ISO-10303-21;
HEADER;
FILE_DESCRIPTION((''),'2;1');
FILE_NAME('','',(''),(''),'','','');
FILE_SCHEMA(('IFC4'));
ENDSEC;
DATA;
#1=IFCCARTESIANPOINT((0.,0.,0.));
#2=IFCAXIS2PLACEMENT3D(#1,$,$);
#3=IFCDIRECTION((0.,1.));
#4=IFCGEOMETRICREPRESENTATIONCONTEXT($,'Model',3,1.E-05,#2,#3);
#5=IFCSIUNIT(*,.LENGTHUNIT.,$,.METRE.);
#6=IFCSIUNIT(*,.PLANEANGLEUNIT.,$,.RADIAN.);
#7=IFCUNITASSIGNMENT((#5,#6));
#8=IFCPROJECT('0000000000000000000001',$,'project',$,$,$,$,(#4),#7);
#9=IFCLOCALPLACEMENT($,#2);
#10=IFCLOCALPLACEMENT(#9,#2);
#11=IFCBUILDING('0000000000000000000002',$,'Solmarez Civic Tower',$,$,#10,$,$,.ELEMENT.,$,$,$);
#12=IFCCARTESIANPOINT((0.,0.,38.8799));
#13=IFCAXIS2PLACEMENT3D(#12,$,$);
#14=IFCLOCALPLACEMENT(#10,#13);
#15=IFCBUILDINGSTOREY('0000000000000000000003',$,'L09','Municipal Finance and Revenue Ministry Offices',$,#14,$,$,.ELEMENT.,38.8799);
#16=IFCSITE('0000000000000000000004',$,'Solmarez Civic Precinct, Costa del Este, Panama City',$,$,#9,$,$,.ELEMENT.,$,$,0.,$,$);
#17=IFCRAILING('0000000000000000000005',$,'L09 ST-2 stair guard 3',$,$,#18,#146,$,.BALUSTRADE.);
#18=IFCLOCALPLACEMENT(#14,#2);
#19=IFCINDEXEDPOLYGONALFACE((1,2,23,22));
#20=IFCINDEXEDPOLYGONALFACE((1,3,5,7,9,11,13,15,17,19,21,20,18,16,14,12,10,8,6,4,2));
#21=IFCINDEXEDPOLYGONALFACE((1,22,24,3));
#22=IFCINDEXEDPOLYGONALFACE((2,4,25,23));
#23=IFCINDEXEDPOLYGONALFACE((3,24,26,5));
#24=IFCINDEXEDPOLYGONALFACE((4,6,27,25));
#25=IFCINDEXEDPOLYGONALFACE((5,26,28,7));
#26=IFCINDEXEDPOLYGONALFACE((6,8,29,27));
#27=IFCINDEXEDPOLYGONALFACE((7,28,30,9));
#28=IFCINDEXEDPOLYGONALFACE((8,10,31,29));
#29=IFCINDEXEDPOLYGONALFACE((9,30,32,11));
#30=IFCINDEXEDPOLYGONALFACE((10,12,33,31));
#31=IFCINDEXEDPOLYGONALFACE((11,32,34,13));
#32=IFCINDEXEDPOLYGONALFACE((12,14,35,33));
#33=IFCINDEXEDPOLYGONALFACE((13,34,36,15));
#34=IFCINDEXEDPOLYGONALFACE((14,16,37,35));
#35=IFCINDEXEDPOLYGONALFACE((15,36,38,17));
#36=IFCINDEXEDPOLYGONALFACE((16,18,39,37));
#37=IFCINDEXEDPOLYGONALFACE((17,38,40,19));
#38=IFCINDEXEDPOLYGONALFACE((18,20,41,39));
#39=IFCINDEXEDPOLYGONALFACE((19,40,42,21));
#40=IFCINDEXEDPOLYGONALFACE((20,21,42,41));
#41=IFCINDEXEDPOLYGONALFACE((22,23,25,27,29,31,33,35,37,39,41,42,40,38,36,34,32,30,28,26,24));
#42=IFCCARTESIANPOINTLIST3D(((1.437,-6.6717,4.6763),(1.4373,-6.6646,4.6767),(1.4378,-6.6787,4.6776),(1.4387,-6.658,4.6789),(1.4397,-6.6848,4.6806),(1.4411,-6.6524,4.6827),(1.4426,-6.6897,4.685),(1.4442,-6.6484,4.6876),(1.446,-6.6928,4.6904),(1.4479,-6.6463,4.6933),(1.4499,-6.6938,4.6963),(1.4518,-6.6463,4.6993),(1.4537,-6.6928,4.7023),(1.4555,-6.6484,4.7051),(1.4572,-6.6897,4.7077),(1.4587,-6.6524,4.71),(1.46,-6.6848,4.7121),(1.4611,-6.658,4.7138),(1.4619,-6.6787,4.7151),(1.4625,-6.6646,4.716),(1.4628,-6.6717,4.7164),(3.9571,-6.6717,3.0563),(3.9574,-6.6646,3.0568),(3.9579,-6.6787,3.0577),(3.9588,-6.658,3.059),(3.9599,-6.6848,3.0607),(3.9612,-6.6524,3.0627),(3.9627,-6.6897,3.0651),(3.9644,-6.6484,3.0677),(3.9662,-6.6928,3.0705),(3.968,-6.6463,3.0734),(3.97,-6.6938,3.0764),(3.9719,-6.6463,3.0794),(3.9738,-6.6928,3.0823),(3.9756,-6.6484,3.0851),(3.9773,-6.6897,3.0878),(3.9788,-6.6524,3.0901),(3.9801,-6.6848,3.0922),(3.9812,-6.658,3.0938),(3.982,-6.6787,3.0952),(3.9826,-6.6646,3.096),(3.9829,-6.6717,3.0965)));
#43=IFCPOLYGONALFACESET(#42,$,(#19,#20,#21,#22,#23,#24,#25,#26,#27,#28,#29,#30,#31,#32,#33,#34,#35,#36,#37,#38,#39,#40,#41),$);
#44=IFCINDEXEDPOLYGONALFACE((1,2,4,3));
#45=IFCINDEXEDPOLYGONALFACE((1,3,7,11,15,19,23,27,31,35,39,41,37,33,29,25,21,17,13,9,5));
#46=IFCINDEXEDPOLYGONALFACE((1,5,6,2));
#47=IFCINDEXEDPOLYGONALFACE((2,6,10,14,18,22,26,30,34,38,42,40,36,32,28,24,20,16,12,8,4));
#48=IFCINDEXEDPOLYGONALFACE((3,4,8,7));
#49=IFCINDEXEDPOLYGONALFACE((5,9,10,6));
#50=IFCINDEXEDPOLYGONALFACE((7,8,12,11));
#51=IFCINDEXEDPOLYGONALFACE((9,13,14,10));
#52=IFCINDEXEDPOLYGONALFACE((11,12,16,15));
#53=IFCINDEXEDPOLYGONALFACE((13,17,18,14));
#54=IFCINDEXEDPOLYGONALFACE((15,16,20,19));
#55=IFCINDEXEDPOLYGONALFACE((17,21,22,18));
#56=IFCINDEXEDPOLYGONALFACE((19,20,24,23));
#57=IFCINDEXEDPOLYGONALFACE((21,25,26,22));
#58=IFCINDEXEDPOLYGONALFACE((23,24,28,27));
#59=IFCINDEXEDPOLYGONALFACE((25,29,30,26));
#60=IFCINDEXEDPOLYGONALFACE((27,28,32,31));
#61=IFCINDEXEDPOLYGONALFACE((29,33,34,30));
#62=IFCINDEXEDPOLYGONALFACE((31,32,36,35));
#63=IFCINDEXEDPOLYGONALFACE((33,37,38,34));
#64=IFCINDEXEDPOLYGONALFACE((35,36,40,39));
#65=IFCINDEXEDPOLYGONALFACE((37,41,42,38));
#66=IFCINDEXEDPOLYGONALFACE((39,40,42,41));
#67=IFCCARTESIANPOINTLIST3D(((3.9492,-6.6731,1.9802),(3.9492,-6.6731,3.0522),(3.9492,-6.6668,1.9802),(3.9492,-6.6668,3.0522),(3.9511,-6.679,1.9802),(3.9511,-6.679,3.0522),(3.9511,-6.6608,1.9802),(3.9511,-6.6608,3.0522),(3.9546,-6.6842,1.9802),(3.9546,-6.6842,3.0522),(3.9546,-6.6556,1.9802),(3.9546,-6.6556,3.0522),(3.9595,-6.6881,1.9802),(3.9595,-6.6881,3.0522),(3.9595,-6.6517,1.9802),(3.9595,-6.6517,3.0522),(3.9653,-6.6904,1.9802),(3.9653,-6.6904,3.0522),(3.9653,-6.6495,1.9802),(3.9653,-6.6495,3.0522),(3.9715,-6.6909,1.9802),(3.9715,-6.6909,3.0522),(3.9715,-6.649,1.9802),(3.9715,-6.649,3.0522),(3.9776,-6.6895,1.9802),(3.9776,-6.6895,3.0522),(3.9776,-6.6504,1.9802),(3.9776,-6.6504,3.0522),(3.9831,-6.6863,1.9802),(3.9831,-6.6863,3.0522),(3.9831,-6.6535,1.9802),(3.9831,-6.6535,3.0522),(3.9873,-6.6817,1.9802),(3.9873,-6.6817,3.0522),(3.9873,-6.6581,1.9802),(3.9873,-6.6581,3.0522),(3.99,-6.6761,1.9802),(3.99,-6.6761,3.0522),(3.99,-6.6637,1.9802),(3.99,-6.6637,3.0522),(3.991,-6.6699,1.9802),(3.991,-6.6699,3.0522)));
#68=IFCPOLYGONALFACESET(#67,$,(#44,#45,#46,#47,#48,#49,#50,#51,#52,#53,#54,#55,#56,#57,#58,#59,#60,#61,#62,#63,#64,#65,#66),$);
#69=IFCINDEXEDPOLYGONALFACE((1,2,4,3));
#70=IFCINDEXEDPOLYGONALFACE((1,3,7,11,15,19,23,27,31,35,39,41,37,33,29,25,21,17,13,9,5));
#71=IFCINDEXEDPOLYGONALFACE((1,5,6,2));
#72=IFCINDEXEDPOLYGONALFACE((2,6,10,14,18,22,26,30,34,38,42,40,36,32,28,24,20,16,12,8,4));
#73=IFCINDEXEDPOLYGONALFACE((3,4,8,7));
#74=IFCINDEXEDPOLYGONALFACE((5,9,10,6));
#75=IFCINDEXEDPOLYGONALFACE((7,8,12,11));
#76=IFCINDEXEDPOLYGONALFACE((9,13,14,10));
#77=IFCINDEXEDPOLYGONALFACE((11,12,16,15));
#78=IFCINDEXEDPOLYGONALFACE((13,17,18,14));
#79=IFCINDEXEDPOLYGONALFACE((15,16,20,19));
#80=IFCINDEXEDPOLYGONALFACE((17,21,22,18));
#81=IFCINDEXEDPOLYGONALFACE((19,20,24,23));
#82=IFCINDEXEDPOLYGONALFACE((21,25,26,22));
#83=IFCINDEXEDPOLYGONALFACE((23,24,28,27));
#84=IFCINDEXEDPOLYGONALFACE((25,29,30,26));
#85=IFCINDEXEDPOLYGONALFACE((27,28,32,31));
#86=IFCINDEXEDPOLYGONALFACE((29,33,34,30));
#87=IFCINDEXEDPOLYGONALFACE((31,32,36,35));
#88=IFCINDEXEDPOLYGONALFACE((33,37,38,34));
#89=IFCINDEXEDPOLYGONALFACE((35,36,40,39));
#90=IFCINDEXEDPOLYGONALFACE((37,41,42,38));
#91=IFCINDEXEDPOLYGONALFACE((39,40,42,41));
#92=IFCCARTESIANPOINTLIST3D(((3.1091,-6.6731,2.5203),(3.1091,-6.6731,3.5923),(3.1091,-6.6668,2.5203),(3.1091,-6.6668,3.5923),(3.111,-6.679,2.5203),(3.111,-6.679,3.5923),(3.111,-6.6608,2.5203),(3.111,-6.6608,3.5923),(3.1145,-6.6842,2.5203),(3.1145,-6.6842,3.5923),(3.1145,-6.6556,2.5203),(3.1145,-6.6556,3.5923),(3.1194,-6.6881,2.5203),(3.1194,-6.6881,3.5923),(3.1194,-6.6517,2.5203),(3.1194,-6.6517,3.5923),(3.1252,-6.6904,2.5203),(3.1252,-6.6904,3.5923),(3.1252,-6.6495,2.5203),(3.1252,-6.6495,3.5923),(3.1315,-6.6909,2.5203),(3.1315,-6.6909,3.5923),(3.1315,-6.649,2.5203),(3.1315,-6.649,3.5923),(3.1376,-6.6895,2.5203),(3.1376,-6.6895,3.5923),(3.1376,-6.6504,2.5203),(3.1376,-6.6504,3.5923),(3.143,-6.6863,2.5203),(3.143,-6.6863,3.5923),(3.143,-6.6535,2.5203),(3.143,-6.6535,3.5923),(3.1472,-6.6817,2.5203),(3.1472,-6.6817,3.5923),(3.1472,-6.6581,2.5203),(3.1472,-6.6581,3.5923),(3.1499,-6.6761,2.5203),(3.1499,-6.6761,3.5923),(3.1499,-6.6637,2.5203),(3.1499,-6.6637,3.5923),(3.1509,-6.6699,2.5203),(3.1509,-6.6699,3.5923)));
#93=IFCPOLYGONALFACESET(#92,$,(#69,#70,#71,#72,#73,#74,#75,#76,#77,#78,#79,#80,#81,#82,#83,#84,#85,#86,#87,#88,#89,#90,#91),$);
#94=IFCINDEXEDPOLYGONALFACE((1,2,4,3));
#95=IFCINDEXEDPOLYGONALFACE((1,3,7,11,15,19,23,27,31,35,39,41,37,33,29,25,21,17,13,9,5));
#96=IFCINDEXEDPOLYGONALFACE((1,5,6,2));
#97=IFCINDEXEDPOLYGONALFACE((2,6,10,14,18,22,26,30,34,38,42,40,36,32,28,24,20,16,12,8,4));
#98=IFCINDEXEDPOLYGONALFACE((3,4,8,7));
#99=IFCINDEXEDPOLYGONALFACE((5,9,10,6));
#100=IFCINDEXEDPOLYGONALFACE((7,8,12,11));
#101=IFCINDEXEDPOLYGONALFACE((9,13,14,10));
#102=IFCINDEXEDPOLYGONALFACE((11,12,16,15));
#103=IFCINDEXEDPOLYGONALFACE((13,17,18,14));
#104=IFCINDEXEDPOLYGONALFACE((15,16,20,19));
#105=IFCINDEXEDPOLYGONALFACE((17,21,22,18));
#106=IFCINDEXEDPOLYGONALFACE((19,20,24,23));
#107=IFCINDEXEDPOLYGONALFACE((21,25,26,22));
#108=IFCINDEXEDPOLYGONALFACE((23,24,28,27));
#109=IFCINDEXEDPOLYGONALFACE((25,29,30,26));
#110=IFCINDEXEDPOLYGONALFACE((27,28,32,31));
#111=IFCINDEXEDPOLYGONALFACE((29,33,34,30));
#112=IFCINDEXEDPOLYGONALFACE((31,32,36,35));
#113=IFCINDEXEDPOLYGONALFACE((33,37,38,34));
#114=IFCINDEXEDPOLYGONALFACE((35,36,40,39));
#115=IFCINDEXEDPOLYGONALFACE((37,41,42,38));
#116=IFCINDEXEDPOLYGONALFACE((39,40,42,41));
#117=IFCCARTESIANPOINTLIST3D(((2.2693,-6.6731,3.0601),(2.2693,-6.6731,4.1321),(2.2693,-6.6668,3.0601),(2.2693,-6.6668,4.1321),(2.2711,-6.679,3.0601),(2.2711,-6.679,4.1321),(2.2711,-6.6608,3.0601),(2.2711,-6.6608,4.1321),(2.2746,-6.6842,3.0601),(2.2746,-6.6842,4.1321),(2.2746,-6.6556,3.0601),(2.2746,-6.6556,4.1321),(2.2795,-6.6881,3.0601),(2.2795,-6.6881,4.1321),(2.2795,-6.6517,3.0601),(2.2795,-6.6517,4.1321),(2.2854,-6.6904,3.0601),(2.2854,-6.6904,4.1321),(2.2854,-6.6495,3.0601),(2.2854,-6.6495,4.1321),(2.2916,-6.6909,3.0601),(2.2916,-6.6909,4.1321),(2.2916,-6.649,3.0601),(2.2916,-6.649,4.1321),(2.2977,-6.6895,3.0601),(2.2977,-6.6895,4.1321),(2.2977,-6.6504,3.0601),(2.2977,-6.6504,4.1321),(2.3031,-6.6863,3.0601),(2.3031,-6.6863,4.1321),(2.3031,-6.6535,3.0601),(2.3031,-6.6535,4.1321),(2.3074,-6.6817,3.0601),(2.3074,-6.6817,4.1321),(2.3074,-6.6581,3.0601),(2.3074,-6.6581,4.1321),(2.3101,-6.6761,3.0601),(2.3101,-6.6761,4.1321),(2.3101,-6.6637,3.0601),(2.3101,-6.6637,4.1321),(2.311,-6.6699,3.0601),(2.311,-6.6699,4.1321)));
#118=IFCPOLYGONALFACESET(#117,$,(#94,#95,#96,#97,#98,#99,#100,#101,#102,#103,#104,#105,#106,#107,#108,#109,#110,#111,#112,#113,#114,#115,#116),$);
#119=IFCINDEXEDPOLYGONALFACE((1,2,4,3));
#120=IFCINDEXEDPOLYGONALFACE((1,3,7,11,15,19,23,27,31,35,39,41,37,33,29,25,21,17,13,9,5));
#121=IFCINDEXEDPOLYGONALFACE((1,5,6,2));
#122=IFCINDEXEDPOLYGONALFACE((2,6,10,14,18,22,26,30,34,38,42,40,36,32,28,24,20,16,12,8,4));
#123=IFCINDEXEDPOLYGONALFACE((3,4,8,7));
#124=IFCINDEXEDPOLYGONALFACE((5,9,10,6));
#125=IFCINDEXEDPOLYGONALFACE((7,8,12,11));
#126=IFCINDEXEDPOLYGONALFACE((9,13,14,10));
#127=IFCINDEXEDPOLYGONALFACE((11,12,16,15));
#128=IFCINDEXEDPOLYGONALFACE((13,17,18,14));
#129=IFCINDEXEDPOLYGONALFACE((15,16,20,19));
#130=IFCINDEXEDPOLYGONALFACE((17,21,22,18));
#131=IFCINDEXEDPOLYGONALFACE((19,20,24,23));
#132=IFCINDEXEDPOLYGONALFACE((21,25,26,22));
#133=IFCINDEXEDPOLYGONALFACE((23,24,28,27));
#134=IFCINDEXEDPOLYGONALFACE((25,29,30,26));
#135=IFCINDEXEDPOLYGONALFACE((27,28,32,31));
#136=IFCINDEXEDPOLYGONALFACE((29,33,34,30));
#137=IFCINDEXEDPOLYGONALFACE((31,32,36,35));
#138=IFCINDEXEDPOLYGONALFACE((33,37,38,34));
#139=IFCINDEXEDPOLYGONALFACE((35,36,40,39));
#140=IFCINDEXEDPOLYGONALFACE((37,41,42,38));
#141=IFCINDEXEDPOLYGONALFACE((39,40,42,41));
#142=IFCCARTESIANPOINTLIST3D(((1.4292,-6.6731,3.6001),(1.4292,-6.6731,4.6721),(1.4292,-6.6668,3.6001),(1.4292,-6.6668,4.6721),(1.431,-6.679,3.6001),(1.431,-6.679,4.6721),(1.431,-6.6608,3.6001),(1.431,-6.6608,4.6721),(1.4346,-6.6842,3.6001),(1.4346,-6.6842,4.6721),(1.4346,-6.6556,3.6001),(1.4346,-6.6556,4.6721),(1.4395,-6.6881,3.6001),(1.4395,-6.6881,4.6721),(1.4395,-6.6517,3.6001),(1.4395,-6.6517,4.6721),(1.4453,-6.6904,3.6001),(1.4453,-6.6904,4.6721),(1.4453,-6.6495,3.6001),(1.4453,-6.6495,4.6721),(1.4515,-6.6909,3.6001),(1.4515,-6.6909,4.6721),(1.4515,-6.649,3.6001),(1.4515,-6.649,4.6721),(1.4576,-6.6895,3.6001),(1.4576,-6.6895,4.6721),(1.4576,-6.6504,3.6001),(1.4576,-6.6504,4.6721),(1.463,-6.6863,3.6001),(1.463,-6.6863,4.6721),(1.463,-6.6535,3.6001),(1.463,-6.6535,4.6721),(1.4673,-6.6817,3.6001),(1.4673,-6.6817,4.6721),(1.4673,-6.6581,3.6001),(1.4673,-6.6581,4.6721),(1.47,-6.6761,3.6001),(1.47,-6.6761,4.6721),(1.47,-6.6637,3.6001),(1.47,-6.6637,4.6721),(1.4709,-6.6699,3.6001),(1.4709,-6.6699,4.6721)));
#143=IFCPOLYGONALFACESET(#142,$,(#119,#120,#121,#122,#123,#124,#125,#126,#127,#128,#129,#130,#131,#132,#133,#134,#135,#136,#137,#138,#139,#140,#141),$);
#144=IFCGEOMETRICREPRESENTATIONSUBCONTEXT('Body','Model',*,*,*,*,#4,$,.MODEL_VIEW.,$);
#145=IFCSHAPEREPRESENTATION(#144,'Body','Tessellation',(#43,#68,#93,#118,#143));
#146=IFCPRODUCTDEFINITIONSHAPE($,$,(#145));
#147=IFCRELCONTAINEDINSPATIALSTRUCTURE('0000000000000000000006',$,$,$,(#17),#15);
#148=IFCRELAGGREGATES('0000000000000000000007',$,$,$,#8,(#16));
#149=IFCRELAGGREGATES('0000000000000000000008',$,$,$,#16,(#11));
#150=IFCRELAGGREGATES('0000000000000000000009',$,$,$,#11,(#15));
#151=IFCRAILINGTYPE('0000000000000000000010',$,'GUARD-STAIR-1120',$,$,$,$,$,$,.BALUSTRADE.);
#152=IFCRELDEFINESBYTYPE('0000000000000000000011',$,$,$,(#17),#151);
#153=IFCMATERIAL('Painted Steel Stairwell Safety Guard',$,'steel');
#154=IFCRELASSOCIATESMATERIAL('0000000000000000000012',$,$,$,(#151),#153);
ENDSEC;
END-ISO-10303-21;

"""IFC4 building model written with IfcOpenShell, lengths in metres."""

from ifc_helpers import new_model, si_unit, direction, frame, origin, origin_2d, place, context, subcontext, project, spatial, circle, extrude, material, type_object, element, save


model = new_model("IFC4")

# Units and contexts
model_context = context("Model", 3, precision=1e-05, world=origin(), true_north=direction((0.0, 1.0)))
body_context = subcontext(model_context, "Body", "Model", "MODEL_VIEW")
ifc_project = project(units=[si_unit("LENGTHUNIT", "METRE"), si_unit("PLANEANGLEUNIT", "RADIAN")], contexts=[model_context])

# Site, building, storey
site_placement = place(None, origin())
site = spatial("IfcSite", under=ifc_project, at=site_placement, Name="Solmarez Civic Precinct, Costa del Este, Panama City", CompositionType="ELEMENT", RefElevation=0.0)
building_placement = place(site_placement, origin())
building = spatial("IfcBuilding", under=site, at=building_placement, Name="Solmarez Civic Tower", CompositionType="ELEMENT")
storey_placement = place(building_placement, frame((0.0, 0.0, 38.8799)))
storey = spatial("IfcBuildingStorey", under=building, at=storey_placement, Name="L09", Description="Municipal Finance and Revenue Ministry Offices", CompositionType="ELEMENT", Elevation=38.8799)

# Railing
ifc_material_1 = material(Name="Painted Steel Stairwell Safety Guard", Category="steel")
railing_type_1 = type_object("IfcRailingType", Name="GUARD-STAIR-1120", PredefinedType="BALUSTRADE", material=ifc_material_1)
railing_1_placement = place(storey_placement, frame((3.97, -6.6699, 1.9802)))
element("IfcRailing", 1, at=railing_1_placement, inside=storey, type_object=railing_type_1, Name="L09 ST-2 stair guard 3", PredefinedType="BALUSTRADE", context=body_context, shape_type="SweptSolid", body=[
    extrude(circle(Radius=0.0239, at=origin_2d()), frame((0.0, 0.0, 1.0962), z_axis=(-0.8412, 0.0, 0.540725), x_axis=(0.0, -1.0, 0.0)), (0.0, 0.0, 1.0), 2.9958),
    extrude(circle(Radius=0.021, at=origin_2d()), origin(), (0.0, 0.0, 1.0), 1.072),
    extrude(circle(Radius=0.021, at=origin_2d()), frame((-0.8401, 0.0, 0.54)), (0.0, 0.0, 1.0), 1.072),
    extrude(circle(Radius=0.021, at=origin_2d()), frame((-1.6799, 0.0, 1.0798)), (0.0, 0.0, 1.0), 1.072),
    extrude(circle(Radius=0.021, at=origin_2d()), frame((-2.52, 0.0, 1.6199)), (0.0, 0.0, 1.0), 1.072),
])

save(model, "model.ifc")
